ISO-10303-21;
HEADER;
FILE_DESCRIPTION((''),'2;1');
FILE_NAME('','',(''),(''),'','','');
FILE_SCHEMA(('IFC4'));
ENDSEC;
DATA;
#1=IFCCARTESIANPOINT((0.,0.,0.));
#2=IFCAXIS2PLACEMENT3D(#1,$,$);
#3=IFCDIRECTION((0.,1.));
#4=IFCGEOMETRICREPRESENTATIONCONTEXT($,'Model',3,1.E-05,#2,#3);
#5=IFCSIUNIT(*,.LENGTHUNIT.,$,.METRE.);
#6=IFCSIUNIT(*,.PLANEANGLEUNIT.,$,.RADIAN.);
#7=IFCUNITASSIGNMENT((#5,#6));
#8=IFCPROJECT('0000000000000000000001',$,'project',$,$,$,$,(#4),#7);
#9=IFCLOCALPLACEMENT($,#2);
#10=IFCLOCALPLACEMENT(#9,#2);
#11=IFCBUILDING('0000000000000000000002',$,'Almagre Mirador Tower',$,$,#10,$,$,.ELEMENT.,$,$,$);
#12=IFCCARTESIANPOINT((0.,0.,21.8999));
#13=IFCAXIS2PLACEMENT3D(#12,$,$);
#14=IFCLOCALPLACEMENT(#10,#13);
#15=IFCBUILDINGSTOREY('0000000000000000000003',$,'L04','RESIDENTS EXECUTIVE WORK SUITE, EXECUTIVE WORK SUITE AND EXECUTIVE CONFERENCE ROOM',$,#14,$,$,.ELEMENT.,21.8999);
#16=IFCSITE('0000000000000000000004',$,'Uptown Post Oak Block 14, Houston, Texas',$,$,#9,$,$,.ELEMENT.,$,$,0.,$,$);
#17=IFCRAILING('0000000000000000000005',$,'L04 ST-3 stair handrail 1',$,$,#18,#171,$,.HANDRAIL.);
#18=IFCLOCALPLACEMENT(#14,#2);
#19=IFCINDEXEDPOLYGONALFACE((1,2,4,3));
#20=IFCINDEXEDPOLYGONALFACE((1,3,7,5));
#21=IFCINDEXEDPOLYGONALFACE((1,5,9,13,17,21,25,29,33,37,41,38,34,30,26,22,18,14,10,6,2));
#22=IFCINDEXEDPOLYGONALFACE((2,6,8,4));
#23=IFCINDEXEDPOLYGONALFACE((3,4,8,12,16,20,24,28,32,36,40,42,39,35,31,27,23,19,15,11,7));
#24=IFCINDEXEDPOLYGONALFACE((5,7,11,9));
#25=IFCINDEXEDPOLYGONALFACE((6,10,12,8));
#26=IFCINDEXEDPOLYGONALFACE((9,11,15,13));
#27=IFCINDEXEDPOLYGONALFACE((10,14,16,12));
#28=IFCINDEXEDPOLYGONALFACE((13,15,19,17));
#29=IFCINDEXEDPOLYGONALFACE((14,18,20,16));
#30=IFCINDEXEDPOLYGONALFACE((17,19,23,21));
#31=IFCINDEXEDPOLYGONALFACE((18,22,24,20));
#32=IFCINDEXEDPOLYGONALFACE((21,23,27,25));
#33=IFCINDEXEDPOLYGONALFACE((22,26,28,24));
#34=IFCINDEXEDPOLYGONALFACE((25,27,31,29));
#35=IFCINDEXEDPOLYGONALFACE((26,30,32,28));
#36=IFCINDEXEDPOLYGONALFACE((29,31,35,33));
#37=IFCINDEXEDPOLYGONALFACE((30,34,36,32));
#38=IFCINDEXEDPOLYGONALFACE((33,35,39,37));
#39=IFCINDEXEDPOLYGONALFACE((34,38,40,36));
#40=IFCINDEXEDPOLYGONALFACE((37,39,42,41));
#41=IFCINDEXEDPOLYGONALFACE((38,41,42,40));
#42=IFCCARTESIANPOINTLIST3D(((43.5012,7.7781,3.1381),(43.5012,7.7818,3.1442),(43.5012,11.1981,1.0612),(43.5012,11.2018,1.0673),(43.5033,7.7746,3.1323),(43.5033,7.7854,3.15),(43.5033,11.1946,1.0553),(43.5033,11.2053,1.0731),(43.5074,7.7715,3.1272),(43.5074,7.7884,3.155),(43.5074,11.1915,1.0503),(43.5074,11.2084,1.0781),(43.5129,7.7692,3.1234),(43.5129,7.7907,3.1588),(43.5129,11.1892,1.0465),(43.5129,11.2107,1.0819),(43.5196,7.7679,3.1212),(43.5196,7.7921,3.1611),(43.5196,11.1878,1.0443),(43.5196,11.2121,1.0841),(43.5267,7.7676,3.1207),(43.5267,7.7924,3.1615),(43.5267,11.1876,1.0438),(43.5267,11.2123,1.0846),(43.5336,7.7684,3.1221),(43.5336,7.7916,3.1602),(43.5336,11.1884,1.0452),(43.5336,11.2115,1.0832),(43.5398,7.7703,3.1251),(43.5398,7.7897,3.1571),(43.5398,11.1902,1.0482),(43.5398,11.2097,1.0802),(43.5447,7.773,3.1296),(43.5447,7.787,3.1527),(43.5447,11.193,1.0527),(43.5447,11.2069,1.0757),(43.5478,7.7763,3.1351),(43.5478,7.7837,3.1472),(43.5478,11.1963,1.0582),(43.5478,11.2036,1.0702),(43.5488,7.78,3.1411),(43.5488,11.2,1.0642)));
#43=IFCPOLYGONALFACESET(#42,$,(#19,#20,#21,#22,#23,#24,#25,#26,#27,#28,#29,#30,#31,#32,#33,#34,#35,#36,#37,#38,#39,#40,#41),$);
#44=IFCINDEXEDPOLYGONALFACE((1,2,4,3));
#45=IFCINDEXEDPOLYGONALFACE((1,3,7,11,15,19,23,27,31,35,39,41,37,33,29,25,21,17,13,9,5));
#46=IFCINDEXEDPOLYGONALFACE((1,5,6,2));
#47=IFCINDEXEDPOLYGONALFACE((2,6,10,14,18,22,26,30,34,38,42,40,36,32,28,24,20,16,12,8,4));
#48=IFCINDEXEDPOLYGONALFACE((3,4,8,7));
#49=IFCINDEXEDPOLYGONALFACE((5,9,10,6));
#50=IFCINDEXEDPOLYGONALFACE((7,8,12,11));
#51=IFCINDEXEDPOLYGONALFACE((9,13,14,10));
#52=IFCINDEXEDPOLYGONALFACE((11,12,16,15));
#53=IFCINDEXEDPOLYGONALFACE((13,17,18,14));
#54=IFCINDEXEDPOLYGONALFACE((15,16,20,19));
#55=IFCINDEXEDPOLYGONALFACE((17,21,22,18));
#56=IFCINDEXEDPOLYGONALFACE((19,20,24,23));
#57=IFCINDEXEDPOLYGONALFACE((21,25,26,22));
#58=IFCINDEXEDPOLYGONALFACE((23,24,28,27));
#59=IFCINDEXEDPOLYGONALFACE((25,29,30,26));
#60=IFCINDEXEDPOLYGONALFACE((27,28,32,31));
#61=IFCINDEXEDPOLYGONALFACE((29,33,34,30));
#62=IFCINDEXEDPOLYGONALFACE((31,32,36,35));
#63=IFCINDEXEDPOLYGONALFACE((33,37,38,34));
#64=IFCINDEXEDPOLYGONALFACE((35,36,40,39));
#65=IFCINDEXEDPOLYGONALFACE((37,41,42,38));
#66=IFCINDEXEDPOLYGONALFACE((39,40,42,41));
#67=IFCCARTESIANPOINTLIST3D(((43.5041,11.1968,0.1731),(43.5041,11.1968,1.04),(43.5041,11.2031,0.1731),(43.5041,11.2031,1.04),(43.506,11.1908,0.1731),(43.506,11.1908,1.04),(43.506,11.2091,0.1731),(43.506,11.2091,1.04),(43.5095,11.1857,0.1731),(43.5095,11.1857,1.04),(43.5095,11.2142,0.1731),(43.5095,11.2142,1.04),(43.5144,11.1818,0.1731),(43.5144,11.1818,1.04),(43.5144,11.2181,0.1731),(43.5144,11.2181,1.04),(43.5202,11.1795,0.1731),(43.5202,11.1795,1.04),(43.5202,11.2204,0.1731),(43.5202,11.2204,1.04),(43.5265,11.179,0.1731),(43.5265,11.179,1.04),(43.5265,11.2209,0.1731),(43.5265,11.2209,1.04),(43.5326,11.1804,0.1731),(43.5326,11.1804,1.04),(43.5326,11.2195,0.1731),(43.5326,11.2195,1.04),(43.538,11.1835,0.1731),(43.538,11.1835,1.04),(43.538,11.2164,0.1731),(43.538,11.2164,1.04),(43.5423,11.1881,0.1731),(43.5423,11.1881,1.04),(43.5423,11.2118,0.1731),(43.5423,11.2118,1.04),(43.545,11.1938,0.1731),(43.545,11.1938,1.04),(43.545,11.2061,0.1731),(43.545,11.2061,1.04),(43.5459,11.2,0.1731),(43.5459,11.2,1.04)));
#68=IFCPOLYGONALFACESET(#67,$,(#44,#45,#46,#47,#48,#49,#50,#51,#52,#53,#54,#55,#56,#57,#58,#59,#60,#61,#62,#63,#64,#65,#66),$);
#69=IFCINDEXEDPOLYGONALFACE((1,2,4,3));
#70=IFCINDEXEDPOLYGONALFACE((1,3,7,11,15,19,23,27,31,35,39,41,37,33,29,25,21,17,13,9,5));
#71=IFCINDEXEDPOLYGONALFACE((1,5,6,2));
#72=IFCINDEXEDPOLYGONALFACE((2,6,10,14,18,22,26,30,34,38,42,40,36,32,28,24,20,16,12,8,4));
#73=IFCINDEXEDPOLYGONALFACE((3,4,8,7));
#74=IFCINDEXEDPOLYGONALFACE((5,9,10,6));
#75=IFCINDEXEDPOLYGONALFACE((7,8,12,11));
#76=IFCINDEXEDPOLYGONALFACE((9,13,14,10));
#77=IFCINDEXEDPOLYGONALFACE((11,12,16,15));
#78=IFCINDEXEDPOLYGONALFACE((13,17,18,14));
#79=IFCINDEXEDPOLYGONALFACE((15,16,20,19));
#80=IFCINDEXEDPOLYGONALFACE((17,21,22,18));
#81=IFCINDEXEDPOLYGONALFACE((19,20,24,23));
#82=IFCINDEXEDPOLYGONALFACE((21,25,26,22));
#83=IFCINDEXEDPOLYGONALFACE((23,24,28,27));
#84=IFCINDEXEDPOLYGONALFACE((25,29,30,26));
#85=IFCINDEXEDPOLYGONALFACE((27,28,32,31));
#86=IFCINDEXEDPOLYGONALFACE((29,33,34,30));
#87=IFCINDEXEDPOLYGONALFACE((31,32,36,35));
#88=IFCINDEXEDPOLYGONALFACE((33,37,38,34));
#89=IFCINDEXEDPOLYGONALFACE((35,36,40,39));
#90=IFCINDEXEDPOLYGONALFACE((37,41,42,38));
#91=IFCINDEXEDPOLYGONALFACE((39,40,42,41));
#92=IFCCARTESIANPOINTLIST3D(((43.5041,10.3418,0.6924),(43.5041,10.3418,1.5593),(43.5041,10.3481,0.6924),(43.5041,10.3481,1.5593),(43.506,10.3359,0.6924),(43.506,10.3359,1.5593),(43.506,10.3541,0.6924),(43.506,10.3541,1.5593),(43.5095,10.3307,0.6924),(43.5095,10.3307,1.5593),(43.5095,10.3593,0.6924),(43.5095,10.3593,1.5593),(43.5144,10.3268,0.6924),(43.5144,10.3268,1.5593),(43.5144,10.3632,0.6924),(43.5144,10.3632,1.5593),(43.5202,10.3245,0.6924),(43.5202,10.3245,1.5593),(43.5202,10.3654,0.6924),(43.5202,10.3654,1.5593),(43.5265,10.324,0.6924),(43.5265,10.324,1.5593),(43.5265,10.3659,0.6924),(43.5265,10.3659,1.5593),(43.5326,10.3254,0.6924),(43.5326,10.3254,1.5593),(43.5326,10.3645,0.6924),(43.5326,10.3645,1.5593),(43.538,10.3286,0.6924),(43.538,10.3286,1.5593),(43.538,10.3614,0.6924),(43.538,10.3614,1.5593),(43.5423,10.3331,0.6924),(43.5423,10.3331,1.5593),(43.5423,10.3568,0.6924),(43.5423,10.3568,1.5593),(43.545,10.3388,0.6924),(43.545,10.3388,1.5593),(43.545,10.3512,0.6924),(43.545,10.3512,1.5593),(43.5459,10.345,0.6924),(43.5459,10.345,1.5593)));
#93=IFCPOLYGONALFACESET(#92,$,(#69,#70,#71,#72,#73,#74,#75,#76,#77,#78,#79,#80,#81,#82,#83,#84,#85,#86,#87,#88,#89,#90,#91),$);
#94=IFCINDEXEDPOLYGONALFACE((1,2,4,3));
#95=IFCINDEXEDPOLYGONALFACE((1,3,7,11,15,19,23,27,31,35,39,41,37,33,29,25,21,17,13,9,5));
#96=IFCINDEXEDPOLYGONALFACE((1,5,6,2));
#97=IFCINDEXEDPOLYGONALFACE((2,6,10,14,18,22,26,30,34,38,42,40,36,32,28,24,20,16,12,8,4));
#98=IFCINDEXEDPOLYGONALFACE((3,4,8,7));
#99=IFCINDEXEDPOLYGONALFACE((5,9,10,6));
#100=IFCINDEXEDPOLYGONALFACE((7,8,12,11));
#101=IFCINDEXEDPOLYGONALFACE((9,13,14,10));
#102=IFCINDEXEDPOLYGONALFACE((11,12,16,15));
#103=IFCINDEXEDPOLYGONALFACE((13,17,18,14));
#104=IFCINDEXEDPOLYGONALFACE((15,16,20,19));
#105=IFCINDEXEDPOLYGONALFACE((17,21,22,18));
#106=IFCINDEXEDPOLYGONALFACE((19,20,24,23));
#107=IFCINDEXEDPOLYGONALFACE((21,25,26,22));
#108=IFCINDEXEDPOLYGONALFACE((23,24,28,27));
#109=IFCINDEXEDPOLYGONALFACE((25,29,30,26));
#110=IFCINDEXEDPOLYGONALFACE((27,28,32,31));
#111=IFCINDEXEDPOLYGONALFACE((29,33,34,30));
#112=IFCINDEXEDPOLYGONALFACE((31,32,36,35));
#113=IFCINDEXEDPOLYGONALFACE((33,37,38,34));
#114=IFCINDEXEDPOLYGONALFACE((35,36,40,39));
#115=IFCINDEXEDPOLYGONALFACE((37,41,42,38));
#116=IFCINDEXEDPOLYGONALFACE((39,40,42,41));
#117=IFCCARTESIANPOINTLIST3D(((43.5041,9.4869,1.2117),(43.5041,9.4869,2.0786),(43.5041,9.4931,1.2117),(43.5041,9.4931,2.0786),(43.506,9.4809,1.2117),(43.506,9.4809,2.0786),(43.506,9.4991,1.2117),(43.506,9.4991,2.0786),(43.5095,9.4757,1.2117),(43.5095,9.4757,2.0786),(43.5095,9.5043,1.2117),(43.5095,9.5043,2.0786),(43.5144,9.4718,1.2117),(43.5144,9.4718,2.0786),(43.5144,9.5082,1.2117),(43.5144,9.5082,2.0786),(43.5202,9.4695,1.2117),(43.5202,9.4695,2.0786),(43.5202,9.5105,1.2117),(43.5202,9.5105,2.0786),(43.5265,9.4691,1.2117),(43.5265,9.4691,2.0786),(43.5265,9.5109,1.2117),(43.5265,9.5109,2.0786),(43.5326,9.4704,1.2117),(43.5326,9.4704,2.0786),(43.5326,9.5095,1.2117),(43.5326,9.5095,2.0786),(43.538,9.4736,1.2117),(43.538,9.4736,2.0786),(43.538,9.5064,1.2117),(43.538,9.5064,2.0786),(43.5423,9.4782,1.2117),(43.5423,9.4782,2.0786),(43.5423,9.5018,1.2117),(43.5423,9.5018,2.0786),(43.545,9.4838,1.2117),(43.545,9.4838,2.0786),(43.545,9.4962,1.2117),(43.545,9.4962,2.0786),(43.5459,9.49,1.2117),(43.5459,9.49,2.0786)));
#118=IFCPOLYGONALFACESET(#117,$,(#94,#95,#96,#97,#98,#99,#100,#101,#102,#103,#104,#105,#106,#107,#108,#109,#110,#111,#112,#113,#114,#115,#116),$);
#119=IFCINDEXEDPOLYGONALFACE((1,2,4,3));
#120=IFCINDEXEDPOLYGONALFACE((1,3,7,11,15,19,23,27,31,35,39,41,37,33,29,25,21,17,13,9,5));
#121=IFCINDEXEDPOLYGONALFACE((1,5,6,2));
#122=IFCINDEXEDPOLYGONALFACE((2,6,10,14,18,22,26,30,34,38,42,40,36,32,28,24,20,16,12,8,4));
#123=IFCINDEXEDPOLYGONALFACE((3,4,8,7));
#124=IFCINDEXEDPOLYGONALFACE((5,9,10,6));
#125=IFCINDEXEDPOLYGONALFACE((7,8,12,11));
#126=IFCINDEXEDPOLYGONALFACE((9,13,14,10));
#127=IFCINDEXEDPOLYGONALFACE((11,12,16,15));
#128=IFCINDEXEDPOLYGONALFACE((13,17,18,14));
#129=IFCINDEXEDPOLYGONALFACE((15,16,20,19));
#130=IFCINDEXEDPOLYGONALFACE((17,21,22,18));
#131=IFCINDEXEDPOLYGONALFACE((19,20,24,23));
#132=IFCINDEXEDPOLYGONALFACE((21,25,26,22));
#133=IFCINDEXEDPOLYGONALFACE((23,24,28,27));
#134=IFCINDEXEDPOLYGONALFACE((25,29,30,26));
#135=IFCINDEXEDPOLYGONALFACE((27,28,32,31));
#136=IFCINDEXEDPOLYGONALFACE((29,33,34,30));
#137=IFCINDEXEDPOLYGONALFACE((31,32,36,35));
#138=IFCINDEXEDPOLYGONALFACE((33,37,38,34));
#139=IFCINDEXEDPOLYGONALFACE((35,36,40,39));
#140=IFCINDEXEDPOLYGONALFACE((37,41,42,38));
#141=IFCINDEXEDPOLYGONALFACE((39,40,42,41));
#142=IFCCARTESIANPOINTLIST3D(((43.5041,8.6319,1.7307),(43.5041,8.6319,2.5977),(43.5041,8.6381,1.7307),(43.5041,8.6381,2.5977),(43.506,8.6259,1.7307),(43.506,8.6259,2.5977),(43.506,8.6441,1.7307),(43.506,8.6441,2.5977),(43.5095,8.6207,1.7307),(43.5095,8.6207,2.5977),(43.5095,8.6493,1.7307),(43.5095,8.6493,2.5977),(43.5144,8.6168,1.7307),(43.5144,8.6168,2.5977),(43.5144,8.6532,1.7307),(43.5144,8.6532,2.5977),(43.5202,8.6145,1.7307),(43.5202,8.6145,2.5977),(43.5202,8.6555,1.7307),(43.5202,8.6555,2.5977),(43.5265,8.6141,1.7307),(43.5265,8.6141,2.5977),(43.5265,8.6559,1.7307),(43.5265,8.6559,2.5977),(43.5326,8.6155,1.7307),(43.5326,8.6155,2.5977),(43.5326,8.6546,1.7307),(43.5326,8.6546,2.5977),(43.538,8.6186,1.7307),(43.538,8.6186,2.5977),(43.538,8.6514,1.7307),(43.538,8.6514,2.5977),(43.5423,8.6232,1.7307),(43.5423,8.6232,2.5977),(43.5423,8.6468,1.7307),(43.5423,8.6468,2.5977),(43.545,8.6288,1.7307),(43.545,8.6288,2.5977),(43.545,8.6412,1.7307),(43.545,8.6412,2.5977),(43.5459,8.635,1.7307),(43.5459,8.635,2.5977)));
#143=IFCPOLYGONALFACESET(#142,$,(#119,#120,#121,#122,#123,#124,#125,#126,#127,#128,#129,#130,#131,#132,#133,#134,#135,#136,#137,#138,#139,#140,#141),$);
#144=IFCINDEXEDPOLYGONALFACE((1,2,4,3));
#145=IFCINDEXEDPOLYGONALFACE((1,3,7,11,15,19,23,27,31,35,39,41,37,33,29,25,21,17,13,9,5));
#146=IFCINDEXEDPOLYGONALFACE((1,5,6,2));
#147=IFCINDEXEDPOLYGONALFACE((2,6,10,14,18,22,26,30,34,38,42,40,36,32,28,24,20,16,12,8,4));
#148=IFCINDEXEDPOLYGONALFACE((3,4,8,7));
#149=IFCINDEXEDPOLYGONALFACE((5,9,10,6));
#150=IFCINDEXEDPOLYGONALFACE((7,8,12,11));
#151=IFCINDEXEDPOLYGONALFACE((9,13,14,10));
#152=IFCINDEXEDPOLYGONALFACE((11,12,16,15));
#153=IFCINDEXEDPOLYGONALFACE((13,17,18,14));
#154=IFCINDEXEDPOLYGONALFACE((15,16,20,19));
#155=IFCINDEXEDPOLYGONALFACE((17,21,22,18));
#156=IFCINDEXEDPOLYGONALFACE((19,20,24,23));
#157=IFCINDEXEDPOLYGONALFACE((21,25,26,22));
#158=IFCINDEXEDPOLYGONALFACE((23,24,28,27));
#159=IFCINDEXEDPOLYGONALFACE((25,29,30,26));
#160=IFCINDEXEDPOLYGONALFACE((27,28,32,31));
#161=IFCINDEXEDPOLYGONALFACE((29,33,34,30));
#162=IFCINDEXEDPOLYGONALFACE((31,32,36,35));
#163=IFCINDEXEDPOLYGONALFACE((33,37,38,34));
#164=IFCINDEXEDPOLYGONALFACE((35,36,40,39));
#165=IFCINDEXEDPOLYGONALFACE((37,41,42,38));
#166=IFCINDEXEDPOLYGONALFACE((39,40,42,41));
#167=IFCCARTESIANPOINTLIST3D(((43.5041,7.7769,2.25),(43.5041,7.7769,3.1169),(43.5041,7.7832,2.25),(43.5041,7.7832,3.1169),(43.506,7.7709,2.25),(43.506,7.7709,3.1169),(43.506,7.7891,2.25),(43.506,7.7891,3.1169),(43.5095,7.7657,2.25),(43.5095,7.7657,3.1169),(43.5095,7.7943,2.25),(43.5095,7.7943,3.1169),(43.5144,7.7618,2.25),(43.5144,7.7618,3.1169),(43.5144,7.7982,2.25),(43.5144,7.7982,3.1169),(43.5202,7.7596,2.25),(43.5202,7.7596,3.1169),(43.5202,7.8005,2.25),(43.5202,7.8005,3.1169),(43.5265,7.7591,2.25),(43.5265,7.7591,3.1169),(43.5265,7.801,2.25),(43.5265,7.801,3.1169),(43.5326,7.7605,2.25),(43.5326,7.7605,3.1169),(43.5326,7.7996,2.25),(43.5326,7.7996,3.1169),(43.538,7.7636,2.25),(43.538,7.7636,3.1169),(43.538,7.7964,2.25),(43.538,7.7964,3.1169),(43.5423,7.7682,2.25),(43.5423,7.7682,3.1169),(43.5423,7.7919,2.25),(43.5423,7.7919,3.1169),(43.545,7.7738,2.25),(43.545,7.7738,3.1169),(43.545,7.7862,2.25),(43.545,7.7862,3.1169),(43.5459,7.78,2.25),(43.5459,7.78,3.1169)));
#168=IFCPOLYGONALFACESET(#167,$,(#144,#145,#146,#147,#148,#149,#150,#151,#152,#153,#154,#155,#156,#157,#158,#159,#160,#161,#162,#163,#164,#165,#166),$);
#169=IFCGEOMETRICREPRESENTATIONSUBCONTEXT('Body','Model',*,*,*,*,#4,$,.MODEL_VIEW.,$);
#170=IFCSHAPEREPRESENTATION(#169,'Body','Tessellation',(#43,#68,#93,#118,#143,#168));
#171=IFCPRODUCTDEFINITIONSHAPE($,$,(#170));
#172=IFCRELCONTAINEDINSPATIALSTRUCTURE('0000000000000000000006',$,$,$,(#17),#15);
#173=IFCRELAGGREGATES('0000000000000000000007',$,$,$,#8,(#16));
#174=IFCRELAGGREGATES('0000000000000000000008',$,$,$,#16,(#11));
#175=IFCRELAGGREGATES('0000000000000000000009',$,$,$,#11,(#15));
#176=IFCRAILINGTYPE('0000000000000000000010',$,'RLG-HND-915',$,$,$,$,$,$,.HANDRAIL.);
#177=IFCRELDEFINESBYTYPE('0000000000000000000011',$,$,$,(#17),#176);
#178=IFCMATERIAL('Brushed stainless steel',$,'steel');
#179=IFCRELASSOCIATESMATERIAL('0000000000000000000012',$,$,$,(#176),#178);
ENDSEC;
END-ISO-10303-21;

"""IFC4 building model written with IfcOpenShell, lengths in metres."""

from ifc_helpers import new_model, si_unit, direction, frame, origin, origin_2d, place, context, subcontext, project, spatial, circle, extrude, material, type_object, element, save


model = new_model("IFC4")

# Units and contexts
model_context = context("Model", 3, precision=1e-05, world=origin(), true_north=direction((0.0, 1.0)))
body_context = subcontext(model_context, "Body", "Model", "MODEL_VIEW")
ifc_project = project(units=[si_unit("LENGTHUNIT", "METRE"), si_unit("PLANEANGLEUNIT", "RADIAN")], contexts=[model_context])

# Site, building, storey
site_placement = place(None, origin())
site = spatial("IfcSite", under=ifc_project, at=site_placement, Name="Uptown Post Oak Block 14, Houston, Texas", CompositionType="ELEMENT", RefElevation=0.0)
building_placement = place(site_placement, origin())
building = spatial("IfcBuilding", under=site, at=building_placement, Name="Almagre Mirador Tower", CompositionType="ELEMENT")
storey_placement = place(building_placement, frame((0.0, 0.0, 21.8999)))
storey = spatial("IfcBuildingStorey", under=building, at=storey_placement, Name="L04", Description="RESIDENTS EXECUTIVE WORK SUITE, EXECUTIVE WORK SUITE AND EXECUTIVE CONFERENCE ROOM", CompositionType="ELEMENT", Elevation=21.8999)

# Railing
ifc_material_1 = material(Name="Brushed stainless steel", Category="steel")
railing_type_1 = type_object("IfcRailingType", Name="RLG-HND-915", PredefinedType="HANDRAIL", material=ifc_material_1)
railing_1_placement = place(storey_placement, frame((43.5249, 11.2, 0.1731)))
element("IfcRailing", 1, at=railing_1_placement, inside=storey, type_object=railing_type_1, Name="L04 ST-3 stair handrail 1", PredefinedType="HANDRAIL", context=body_context, shape_type="SweptSolid", body=[
    extrude(circle(Radius=0.0239, at=origin_2d()), frame((0.0, 0.0, 0.8911), z_axis=(0.0, -0.85473, 0.519074), x_axis=(1.0, 0.0, 0.0)), (0.0, 0.0, 1.0), 4.0012),
    extrude(circle(Radius=0.021, at=origin_2d()), origin(), (0.0, 0.0, 1.0), 0.8669),
    extrude(circle(Radius=0.021, at=origin_2d()), frame((0.0, -0.855, 0.5193)), (0.0, 0.0, 1.0), 0.8669),
    extrude(circle(Radius=0.021, at=origin_2d()), frame((0.0, -1.71, 1.0386)), (0.0, 0.0, 1.0), 0.8669),
    extrude(circle(Radius=0.021, at=origin_2d()), frame((0.0, -2.5649, 1.5576)), (0.0, 0.0, 1.0), 0.8669),
    extrude(circle(Radius=0.021, at=origin_2d()), frame((0.0, -3.4199, 2.0769)), (0.0, 0.0, 1.0), 0.8669),
])

save(model, "model.ifc")
